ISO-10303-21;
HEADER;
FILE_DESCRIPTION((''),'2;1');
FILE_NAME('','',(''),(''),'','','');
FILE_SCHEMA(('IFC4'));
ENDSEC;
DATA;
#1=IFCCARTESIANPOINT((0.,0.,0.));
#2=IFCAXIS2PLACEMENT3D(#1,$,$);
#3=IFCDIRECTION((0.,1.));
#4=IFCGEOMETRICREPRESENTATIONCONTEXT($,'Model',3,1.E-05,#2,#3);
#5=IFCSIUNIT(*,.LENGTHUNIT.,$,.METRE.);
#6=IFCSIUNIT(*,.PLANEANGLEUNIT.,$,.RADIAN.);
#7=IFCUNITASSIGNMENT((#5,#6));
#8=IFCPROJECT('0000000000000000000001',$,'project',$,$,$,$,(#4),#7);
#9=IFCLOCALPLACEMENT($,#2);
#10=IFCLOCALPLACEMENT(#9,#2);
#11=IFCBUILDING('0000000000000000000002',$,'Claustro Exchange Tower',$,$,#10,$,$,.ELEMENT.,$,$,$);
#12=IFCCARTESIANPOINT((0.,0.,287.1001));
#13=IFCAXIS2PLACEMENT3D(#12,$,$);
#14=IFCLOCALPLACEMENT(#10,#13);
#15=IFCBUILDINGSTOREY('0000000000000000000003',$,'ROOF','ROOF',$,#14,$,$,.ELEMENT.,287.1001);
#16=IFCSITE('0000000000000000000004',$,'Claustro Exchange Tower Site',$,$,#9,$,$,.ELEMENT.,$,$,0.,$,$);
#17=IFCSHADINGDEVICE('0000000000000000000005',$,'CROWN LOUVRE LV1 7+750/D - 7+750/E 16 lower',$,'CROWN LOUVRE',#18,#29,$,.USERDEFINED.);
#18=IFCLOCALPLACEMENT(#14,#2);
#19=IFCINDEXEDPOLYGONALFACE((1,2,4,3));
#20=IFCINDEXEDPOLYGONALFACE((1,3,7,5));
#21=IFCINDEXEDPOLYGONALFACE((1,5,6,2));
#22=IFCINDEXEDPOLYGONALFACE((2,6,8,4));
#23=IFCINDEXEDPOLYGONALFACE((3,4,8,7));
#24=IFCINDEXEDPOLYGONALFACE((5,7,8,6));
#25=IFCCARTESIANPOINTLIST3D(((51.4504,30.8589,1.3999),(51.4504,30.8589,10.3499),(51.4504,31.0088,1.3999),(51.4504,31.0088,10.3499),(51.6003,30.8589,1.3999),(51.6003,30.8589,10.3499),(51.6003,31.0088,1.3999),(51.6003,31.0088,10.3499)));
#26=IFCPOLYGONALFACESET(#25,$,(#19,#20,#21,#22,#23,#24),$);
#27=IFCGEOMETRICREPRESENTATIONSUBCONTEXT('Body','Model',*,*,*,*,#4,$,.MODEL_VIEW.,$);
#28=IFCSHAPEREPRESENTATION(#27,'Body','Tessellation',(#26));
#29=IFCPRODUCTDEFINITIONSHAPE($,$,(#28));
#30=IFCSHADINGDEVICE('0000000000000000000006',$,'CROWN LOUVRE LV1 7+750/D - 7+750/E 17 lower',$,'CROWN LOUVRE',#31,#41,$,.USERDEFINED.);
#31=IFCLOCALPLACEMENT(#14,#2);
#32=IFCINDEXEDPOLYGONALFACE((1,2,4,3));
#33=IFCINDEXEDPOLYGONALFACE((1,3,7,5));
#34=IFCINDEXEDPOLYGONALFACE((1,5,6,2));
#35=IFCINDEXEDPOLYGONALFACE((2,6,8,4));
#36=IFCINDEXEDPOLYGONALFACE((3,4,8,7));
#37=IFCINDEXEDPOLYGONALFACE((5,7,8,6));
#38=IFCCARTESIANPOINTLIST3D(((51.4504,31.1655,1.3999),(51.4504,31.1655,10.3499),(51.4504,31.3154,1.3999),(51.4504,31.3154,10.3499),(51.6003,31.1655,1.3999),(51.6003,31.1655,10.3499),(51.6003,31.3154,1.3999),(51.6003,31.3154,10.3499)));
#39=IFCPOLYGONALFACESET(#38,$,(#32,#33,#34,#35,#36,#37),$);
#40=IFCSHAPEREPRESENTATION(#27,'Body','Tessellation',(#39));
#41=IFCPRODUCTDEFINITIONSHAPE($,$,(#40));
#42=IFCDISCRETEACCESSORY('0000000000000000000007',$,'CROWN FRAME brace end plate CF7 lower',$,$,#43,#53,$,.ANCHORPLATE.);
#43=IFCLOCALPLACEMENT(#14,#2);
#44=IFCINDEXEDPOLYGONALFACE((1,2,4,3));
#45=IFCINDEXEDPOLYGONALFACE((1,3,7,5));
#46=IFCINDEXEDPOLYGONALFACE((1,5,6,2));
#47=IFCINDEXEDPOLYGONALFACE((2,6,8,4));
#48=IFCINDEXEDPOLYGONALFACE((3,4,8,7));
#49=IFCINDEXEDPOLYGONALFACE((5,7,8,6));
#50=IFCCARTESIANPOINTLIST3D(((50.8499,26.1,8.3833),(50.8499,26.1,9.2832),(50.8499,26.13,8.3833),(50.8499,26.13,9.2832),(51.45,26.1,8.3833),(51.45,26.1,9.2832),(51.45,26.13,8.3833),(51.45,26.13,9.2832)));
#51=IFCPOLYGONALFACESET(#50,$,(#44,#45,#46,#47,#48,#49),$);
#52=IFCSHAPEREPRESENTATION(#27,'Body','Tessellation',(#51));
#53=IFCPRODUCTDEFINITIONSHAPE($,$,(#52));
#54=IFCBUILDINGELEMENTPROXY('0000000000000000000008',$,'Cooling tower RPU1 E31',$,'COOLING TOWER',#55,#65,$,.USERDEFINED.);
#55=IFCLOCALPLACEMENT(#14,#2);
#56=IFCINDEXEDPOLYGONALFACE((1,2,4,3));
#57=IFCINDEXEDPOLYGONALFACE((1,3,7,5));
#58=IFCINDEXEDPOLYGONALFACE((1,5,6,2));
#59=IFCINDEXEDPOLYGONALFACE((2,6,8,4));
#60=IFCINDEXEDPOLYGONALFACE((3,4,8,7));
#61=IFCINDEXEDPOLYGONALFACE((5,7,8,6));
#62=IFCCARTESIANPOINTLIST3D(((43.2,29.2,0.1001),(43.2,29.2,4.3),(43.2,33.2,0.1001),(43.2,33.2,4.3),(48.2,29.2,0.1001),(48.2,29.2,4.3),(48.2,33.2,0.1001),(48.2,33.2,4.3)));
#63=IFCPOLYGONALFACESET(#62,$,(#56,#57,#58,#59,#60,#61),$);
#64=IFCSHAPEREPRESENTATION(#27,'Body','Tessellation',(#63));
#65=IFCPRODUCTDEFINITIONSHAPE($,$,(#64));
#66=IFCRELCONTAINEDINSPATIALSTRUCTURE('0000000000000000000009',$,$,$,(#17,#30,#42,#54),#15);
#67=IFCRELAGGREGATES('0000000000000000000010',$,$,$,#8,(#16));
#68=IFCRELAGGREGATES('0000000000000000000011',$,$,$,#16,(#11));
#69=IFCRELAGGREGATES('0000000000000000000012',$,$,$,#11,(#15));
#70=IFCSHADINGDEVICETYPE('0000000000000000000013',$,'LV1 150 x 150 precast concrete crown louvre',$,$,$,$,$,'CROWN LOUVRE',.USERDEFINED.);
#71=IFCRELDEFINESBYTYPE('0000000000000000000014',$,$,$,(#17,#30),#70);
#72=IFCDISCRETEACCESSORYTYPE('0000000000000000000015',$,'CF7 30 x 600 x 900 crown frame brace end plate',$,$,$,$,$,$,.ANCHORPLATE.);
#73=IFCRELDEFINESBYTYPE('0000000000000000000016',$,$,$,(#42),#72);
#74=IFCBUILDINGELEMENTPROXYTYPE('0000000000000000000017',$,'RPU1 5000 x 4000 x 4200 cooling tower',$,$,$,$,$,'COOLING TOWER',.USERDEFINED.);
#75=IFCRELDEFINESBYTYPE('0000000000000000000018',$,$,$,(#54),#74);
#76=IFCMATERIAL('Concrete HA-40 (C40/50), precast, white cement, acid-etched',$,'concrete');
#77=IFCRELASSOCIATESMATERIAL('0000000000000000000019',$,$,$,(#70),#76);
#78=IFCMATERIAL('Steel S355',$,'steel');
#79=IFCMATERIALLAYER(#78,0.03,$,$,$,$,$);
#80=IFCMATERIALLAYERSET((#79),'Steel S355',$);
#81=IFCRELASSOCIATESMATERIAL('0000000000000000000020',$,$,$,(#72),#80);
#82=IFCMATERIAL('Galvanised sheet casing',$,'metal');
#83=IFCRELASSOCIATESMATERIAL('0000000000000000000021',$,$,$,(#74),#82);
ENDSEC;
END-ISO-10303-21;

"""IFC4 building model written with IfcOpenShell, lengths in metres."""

from ifc_helpers import new_model, si_unit, direction, frame, origin, origin_2d, place, context, subcontext, project, spatial, rectangle, extrude, material, layer, layer_set, type_object, element, save


model = new_model("IFC4")

# Units and contexts
model_context = context("Model", 3, precision=1e-05, world=origin(), true_north=direction((0.0, 1.0)))
body_context = subcontext(model_context, "Body", "Model", "MODEL_VIEW")
ifc_project = project(units=[si_unit("LENGTHUNIT", "METRE"), si_unit("PLANEANGLEUNIT", "RADIAN")], contexts=[model_context])

# Site, building, storey
site_placement = place(None, origin())
site = spatial("IfcSite", under=ifc_project, at=site_placement, Name="Claustro Exchange Tower Site", CompositionType="ELEMENT", RefElevation=0.0)
building_placement = place(site_placement, origin())
building = spatial("IfcBuilding", under=site, at=building_placement, Name="Claustro Exchange Tower", CompositionType="ELEMENT")
storey_placement = place(building_placement, frame((0.0, 0.0, 287.1001)))
storey = spatial("IfcBuildingStorey", under=building, at=storey_placement, Name="ROOF", Description="ROOF", CompositionType="ELEMENT", Elevation=287.1001)

# Shading devices
ifc_material_1 = material(Name="Concrete HA-40 (C40/50), precast, white cement, acid-etched", Category="concrete")
shading_device_type = type_object("IfcShadingDeviceType", Name="LV1 150 x 150 precast concrete crown louvre", ElementType="CROWN LOUVRE", PredefinedType="USERDEFINED", material=ifc_material_1)
for number, where, z_axis, x_axis, name in (
    (1, (51.5254, 30.9338, 1.3999), (0.0, 0.0, 1.0), (0.0, 1.0, 0.0), "CROWN LOUVRE LV1 7+750/D - 7+750/E 16 lower"),
    (2, (51.5254, 31.2405, 1.3999), (0.0, 0.0, 1.0), (0.0, 1.0, 0.0), "CROWN LOUVRE LV1 7+750/D - 7+750/E 17 lower"),
):
    element("IfcShadingDevice", number, at=place(storey_placement, frame(where, z_axis=z_axis, x_axis=x_axis)), inside=storey, type_object=shading_device_type, Name=name, ObjectType="CROWN LOUVRE", PredefinedType="USERDEFINED", context=body_context, shape_type="SweptSolid", body=[
        extrude(rectangle(XDim=0.1499, YDim=0.1499, at=origin_2d()), origin(), (0.0, 0.0, 1.0), 8.95),
    ])

# Discrete accessory
ifc_material_2 = material(Name="Steel S355", Category="steel")
ifc_layer_1 = layer(ifc_material_2, 0.03)
ifc_layer_set_1 = layer_set([ifc_layer_1], Name="Steel S355")
discrete_accessory_type = type_object("IfcDiscreteAccessoryType", Name="CF7 30 x 600 x 900 crown frame brace end plate", PredefinedType="ANCHORPLATE", material=ifc_layer_set_1)
discrete_accessory_placement = place(storey_placement, frame((51.1499, 26.115, 8.3833), z_axis=(0.0, 0.0, 1.0), x_axis=(0.0, -1.0, 0.0)))
element("IfcDiscreteAccessory", 3, at=discrete_accessory_placement, inside=storey, type_object=discrete_accessory_type, Name="CROWN FRAME brace end plate CF7 lower", PredefinedType="ANCHORPLATE", context=body_context, shape_type="SweptSolid", body=[
    extrude(rectangle(XDim=0.03, YDim=0.6001, at=origin_2d()), origin(), (0.0, 0.0, 1.0), 0.8999),
])

# Building element proxy
ifc_material_3 = material(Name="Galvanised sheet casing", Category="metal")
building_element_proxy_type = type_object("IfcBuildingElementProxyType", Name="RPU1 5000 x 4000 x 4200 cooling tower", ElementType="COOLING TOWER", PredefinedType="USERDEFINED", material=ifc_material_3)
proxy_placement = place(storey_placement, frame((45.7, 31.2, 0.1001), z_axis=(0.0, 0.0, 1.0), x_axis=(1.0, 0.0, 0.0)))
element("IfcBuildingElementProxy", 4, at=proxy_placement, inside=storey, type_object=building_element_proxy_type, Name="Cooling tower RPU1 E31", ObjectType="COOLING TOWER", PredefinedType="USERDEFINED", context=body_context, shape_type="SweptSolid", body=[
    extrude(rectangle(XDim=5.0, YDim=4.0, at=origin_2d()), origin(), (0.0, 0.0, 1.0), 4.2),
])

save(model, "model.ifc")
